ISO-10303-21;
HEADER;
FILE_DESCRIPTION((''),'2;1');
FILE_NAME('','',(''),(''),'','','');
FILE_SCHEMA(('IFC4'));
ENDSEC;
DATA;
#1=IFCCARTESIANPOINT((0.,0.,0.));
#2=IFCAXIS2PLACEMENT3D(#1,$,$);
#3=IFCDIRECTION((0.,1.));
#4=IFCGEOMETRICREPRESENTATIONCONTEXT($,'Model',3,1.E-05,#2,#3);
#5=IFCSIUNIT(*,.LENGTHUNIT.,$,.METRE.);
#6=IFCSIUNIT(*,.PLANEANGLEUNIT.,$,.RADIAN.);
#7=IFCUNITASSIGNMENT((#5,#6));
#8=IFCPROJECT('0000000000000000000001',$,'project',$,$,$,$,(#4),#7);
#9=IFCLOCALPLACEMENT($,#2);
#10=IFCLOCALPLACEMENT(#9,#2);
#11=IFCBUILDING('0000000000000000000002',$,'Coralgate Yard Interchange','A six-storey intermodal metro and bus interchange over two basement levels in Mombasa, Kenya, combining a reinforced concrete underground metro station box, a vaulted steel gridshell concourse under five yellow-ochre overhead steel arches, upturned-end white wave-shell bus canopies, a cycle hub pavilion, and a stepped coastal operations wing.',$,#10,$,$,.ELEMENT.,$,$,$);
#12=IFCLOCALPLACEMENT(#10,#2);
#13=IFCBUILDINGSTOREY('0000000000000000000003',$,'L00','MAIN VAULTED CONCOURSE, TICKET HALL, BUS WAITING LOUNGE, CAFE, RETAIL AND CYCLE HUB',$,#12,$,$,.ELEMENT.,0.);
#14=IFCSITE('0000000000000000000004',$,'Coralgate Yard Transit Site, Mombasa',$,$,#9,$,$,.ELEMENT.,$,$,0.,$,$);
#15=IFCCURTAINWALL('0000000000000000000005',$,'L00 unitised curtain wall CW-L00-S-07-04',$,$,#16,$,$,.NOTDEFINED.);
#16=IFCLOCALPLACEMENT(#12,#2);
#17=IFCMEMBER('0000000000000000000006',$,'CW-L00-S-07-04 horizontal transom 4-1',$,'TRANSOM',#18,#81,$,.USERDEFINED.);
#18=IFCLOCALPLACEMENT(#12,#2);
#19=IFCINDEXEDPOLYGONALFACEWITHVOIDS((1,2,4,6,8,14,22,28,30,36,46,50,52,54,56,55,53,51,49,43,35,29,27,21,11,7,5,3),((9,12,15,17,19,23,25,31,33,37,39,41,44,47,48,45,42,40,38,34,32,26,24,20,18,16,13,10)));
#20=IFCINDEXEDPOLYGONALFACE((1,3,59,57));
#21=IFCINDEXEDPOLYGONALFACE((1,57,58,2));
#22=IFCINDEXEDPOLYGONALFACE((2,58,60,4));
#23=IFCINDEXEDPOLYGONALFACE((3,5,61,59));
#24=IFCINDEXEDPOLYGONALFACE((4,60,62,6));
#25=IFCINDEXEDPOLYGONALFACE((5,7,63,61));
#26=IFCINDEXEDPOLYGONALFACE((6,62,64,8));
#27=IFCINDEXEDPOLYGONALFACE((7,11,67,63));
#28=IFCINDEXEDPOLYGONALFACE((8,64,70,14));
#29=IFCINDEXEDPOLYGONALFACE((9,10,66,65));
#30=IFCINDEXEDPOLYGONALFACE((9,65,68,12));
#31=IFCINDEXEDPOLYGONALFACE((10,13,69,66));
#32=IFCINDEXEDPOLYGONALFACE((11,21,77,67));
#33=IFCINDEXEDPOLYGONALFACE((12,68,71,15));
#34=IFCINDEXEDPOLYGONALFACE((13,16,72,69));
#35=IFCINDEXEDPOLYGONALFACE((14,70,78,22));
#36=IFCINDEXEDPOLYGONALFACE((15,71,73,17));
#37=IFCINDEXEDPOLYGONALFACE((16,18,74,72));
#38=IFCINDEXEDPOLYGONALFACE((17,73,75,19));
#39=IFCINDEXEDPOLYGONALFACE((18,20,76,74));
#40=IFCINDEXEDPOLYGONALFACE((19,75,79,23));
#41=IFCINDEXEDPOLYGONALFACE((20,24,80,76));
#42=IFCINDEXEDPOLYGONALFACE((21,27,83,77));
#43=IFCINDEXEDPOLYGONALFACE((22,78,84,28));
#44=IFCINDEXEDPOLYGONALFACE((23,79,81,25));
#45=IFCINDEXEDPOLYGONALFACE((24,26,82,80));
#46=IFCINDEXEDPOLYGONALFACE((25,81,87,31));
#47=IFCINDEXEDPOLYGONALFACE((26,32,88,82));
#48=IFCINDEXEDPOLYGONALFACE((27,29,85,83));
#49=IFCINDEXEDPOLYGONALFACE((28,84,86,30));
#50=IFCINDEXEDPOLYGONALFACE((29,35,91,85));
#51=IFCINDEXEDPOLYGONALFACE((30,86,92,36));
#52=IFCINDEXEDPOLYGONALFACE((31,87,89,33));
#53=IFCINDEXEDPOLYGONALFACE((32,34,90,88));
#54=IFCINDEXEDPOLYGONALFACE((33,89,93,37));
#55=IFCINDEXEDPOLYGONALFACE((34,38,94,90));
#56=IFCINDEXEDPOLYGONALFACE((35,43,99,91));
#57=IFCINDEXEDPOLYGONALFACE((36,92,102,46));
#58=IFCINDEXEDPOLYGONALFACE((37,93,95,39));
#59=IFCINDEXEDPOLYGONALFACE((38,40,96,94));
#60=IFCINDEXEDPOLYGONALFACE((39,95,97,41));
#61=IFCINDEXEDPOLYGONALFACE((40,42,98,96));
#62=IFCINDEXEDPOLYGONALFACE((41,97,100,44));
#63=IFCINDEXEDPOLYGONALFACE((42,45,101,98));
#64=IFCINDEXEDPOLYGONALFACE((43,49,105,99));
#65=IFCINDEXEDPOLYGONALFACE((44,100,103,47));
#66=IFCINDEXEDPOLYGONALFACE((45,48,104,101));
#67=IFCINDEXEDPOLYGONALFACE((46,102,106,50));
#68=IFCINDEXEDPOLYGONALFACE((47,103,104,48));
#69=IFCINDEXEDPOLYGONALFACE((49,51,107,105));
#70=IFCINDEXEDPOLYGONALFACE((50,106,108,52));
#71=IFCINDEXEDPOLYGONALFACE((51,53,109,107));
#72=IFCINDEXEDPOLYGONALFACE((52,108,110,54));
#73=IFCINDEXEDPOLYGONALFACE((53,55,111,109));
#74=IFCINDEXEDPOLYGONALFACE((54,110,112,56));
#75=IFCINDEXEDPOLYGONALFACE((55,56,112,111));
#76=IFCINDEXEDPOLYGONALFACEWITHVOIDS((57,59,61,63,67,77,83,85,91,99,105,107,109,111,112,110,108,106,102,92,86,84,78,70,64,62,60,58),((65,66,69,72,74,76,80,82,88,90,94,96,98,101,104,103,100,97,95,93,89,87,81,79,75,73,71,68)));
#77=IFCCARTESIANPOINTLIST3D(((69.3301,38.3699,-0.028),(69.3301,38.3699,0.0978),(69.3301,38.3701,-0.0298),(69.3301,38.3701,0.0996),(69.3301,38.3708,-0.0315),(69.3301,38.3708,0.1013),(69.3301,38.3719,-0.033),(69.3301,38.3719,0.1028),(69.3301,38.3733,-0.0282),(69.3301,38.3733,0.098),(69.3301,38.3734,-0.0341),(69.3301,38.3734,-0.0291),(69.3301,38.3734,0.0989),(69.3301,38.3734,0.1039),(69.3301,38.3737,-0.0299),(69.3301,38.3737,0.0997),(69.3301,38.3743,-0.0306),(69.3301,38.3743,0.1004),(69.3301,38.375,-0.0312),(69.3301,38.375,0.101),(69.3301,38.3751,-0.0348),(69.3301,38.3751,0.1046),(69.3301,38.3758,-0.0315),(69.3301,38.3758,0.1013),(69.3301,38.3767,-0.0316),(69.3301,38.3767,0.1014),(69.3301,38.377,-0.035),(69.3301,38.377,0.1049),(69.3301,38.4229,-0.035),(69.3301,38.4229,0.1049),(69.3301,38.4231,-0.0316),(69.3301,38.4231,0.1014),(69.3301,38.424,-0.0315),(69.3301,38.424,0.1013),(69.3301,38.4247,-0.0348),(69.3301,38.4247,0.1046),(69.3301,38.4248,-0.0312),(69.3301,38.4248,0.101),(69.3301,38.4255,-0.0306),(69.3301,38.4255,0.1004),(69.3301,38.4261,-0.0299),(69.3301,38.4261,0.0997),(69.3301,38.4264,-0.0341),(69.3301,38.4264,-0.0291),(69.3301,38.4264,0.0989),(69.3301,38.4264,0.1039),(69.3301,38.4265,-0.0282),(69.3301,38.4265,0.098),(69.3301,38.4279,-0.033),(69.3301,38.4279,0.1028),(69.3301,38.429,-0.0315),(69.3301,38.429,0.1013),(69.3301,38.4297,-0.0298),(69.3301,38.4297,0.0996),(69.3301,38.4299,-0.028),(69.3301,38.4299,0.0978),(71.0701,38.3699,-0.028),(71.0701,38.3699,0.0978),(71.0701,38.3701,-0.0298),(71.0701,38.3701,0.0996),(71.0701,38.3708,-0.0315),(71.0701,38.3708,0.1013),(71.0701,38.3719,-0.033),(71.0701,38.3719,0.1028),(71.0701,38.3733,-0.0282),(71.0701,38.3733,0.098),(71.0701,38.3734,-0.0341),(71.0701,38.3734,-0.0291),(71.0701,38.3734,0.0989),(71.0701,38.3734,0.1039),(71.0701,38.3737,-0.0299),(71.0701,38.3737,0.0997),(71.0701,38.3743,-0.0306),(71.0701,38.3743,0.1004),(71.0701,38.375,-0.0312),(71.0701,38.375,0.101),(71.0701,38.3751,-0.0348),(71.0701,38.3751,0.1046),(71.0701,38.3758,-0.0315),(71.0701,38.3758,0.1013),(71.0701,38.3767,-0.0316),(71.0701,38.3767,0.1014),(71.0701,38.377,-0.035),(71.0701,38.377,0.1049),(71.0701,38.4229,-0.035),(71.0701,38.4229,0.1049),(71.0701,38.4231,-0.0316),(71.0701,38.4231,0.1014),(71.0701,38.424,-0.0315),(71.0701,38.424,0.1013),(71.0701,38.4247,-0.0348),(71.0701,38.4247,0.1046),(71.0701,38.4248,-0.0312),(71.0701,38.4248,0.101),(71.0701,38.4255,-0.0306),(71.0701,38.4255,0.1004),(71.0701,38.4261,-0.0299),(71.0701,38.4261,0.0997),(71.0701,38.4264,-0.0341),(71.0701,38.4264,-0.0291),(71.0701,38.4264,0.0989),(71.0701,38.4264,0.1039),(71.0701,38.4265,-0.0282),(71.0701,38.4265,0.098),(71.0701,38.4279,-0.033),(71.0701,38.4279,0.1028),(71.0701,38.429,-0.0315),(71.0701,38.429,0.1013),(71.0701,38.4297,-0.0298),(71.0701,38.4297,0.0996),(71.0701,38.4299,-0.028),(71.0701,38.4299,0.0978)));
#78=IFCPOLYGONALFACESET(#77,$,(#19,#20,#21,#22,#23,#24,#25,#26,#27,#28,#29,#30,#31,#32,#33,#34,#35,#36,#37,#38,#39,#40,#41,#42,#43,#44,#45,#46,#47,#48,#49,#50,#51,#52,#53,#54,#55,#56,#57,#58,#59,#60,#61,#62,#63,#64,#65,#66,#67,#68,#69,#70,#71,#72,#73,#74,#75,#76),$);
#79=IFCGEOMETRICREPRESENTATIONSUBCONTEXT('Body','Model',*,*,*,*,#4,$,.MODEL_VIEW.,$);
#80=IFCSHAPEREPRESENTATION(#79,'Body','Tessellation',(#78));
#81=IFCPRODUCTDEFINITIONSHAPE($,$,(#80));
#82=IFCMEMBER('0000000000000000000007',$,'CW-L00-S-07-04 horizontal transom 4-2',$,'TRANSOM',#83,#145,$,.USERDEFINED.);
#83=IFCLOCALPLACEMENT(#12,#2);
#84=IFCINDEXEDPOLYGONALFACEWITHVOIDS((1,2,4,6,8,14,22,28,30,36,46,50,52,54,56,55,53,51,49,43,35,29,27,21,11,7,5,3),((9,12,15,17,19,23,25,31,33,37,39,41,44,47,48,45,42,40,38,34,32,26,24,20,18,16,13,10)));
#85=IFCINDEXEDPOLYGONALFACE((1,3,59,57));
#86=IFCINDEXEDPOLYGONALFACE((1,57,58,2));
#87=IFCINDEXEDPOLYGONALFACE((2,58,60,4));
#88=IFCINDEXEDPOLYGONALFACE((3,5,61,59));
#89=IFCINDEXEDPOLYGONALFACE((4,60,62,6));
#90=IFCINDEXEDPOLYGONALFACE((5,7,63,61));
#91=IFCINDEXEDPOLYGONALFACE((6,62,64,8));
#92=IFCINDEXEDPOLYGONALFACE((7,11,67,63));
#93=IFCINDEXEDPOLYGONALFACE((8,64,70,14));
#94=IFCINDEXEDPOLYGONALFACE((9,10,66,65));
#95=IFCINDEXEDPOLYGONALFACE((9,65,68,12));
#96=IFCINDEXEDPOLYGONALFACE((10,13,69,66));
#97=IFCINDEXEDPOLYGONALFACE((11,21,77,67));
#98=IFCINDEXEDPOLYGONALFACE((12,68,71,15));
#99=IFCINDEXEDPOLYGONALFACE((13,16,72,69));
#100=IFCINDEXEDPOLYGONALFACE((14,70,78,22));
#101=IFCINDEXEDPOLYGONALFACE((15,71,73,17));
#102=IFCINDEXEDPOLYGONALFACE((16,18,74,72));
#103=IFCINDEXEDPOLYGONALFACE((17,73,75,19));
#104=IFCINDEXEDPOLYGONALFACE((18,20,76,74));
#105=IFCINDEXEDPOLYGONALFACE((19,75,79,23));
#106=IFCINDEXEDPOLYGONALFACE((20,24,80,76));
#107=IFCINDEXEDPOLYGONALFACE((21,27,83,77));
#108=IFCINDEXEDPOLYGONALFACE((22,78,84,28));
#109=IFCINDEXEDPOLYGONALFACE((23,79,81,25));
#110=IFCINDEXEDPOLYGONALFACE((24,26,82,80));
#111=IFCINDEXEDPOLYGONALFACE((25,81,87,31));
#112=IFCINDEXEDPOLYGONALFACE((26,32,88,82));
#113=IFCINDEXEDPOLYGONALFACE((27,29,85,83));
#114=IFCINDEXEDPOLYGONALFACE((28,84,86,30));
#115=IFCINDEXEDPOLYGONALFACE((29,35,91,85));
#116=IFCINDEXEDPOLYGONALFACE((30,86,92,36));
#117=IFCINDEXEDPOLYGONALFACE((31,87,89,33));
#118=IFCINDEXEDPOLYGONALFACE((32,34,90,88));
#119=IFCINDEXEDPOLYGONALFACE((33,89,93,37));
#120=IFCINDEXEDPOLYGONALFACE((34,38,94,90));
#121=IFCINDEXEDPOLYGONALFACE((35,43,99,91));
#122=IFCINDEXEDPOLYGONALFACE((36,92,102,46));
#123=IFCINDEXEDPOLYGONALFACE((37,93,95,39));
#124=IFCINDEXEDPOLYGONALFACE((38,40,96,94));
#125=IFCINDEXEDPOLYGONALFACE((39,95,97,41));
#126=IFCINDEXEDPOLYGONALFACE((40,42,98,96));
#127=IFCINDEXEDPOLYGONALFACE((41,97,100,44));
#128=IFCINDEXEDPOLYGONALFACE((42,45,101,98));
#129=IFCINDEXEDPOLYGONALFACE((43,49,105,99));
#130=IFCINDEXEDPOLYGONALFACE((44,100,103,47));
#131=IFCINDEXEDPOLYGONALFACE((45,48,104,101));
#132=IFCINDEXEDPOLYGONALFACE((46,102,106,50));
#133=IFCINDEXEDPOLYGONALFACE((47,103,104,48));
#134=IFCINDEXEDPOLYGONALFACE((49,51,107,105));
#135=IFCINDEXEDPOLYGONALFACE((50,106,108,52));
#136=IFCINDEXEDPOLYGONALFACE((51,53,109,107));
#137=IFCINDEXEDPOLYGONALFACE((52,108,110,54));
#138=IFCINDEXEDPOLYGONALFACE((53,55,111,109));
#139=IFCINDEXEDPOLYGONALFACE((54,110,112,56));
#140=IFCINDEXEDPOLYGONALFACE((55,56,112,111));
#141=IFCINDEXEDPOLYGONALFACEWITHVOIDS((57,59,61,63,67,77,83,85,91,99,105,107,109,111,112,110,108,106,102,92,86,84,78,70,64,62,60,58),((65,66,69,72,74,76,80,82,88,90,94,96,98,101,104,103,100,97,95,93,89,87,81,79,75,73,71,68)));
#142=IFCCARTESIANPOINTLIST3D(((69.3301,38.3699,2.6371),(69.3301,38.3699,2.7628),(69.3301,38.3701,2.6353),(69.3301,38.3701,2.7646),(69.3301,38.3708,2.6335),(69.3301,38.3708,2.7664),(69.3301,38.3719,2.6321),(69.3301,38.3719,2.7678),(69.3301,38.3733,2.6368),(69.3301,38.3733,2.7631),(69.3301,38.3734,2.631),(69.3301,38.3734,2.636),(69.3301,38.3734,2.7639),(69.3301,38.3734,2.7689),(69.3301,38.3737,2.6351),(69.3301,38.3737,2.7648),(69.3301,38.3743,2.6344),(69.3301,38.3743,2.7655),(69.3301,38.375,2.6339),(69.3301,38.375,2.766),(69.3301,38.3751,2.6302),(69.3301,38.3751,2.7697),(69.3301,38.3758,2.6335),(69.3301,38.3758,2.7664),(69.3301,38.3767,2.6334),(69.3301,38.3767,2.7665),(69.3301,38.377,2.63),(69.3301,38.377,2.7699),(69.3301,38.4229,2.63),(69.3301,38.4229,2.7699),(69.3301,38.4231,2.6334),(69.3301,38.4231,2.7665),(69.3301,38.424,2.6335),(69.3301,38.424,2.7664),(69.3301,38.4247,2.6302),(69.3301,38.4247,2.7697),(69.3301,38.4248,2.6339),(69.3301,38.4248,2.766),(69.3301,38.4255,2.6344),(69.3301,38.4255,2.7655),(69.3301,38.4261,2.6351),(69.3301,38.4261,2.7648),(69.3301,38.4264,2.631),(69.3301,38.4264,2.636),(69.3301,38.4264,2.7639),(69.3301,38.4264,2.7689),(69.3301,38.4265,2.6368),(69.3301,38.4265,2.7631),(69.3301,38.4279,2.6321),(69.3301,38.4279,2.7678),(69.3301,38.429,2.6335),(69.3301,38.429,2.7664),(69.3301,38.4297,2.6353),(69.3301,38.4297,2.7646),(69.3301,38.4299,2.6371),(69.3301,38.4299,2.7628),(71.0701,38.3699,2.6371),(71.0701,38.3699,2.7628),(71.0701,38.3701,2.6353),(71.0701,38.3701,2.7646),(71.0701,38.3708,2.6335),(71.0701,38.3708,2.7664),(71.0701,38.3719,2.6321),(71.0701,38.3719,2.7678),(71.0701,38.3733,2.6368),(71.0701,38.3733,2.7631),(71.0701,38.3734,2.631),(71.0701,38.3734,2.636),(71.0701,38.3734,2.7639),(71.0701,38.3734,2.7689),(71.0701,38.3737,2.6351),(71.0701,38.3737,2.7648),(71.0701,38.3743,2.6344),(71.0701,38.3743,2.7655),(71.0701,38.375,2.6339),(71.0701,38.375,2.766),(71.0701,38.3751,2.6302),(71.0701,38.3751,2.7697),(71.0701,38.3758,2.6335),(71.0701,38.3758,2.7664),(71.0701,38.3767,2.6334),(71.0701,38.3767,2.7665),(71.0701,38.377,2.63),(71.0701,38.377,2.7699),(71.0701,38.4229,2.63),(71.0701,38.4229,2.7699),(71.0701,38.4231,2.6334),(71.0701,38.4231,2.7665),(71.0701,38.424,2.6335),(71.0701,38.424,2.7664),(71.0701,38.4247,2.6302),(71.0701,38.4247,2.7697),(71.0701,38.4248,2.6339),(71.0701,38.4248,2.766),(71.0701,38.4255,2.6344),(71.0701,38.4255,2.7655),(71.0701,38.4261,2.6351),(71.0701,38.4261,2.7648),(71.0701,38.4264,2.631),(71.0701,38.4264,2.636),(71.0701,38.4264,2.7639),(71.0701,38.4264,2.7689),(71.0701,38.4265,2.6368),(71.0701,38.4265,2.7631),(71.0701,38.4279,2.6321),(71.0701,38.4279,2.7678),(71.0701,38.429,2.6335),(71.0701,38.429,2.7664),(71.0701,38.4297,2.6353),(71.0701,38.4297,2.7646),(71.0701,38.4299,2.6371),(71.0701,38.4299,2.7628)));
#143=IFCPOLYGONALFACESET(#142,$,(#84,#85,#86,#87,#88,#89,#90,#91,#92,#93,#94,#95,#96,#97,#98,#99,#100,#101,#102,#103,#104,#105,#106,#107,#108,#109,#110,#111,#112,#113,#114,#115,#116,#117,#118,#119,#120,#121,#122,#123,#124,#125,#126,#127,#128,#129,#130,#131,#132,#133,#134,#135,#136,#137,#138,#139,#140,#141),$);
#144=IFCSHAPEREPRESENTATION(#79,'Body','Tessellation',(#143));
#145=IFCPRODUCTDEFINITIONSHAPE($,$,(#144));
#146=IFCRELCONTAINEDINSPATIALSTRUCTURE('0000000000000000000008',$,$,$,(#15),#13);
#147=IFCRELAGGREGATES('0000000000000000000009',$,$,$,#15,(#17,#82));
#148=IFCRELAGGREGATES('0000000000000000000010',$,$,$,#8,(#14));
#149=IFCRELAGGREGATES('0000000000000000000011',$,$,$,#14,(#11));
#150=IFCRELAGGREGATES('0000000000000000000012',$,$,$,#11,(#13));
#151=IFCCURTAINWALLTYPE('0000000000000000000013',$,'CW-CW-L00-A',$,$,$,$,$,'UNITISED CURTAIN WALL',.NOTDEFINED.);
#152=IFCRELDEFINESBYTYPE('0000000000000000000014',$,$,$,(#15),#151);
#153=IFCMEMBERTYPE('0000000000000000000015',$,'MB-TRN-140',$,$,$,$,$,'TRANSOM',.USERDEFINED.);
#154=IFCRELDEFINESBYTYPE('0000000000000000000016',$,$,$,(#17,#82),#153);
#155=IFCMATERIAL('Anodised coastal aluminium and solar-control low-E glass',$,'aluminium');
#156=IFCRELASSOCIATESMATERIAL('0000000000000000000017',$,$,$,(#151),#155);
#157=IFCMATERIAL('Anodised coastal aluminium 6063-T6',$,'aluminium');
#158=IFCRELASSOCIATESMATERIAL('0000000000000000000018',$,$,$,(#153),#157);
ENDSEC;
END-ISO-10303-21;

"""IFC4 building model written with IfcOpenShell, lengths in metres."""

from ifc_helpers import new_model, si_unit, direction, frame, origin, origin_2d, place, context, subcontext, project, spatial, hollow_rectangle, extrude, material, material_profile, profile_set, type_object, element, aggregate, save


model = new_model("IFC4")

# Units and contexts
model_context = context("Model", 3, precision=1e-05, world=origin(), true_north=direction((0.0, 1.0)))
body_context = subcontext(model_context, "Body", "Model", "MODEL_VIEW")
ifc_project = project(units=[si_unit("LENGTHUNIT", "METRE"), si_unit("PLANEANGLEUNIT", "RADIAN")], contexts=[model_context])

# Site, building, storey
site_placement = place(None, origin())
site = spatial("IfcSite", under=ifc_project, at=site_placement, Name="Coralgate Yard Transit Site, Mombasa", CompositionType="ELEMENT", RefElevation=0.0)
building_placement = place(site_placement, origin())
building = spatial("IfcBuilding", under=site, at=building_placement, Name="Coralgate Yard Interchange", Description="A six-storey intermodal metro and bus interchange over two basement levels in Mombasa, Kenya, combining a reinforced concrete underground metro station box, a vaulted steel gridshell concourse under five yellow-ochre overhead steel arches, upturned-end white wave-shell bus canopies, a cycle hub pavilion, and a stepped coastal operations wing.", CompositionType="ELEMENT")
storey_placement = place(building_placement, origin())
storey = spatial("IfcBuildingStorey", under=building, at=storey_placement, Name="L00", Description="MAIN VAULTED CONCOURSE, TICKET HALL, BUS WAITING LOUNGE, CAFE, RETAIL AND CYCLE HUB", CompositionType="ELEMENT", Elevation=0.0)

# Curtain wall, members
ifc_material_1 = material(Name="Anodised coastal aluminium and solar-control low-E glass", Category="aluminium")
curtain_wall_type = type_object("IfcCurtainWallType", Name="CW-CW-L00-A", ElementType="UNITISED CURTAIN WALL", PredefinedType="NOTDEFINED", material=ifc_material_1)
curtain_wall_placement = place(storey_placement, origin())
curtain_wall = element("IfcCurtainWall", 1, at=curtain_wall_placement, inside=storey, type_object=curtain_wall_type, Name="L00 unitised curtain wall CW-L00-S-07-04", PredefinedType="NOTDEFINED")
ifc_material_2 = material(Name="Anodised coastal aluminium 6063-T6", Category="aluminium")
ifc_material_profile_1 = material_profile(ifc_material_2, hollow_rectangle(XDim=0.0601, YDim=0.1399, WallThickness=0.0034, InnerFilletRadius=0.0034, OuterFilletRadius=0.0071, at=origin_2d()), Name="ALU 60x140x3.5")
ifc_profile_set_1 = profile_set([ifc_material_profile_1], Name="Anodised coastal aluminium 6063-T6")
member_type_1 = type_object("IfcMemberType", Name="MB-TRN-140", ElementType="TRANSOM", PredefinedType="USERDEFINED", material=ifc_profile_set_1)
member_1_placement = place(storey_placement, frame((71.0701, 38.3999, 0.0349), z_axis=(-1.0, 0.0, 0.0), x_axis=(0.0, -1.0, 0.0)))
member_1 = element("IfcMember", 2, at=member_1_placement, type_object=member_type_1, Name="CW-L00-S-07-04 horizontal transom 4-1", ObjectType="TRANSOM", PredefinedType="USERDEFINED", context=body_context, shape_type="SweptSolid", body=[
    extrude(hollow_rectangle(XDim=0.0601, YDim=0.1399, WallThickness=0.0034, InnerFilletRadius=0.0034, OuterFilletRadius=0.0071, at=origin_2d()), origin(), (0.0, 0.0, 1.0), 1.74),
])
member_2_placement = place(storey_placement, frame((71.0701, 38.3999, 2.7), z_axis=(-1.0, 0.0, 0.0), x_axis=(0.0, -1.0, 0.0)))
member_2 = element("IfcMember", 3, at=member_2_placement, type_object=member_type_1, Name="CW-L00-S-07-04 horizontal transom 4-2", ObjectType="TRANSOM", PredefinedType="USERDEFINED", context=body_context, shape_type="SweptSolid", body=[
    extrude(hollow_rectangle(XDim=0.0601, YDim=0.1399, WallThickness=0.0034, InnerFilletRadius=0.0034, OuterFilletRadius=0.0071, at=origin_2d()), origin(), (0.0, 0.0, 1.0), 1.74),
])
aggregate(curtain_wall, [member_1, member_2])

save(model, "model.ifc")
